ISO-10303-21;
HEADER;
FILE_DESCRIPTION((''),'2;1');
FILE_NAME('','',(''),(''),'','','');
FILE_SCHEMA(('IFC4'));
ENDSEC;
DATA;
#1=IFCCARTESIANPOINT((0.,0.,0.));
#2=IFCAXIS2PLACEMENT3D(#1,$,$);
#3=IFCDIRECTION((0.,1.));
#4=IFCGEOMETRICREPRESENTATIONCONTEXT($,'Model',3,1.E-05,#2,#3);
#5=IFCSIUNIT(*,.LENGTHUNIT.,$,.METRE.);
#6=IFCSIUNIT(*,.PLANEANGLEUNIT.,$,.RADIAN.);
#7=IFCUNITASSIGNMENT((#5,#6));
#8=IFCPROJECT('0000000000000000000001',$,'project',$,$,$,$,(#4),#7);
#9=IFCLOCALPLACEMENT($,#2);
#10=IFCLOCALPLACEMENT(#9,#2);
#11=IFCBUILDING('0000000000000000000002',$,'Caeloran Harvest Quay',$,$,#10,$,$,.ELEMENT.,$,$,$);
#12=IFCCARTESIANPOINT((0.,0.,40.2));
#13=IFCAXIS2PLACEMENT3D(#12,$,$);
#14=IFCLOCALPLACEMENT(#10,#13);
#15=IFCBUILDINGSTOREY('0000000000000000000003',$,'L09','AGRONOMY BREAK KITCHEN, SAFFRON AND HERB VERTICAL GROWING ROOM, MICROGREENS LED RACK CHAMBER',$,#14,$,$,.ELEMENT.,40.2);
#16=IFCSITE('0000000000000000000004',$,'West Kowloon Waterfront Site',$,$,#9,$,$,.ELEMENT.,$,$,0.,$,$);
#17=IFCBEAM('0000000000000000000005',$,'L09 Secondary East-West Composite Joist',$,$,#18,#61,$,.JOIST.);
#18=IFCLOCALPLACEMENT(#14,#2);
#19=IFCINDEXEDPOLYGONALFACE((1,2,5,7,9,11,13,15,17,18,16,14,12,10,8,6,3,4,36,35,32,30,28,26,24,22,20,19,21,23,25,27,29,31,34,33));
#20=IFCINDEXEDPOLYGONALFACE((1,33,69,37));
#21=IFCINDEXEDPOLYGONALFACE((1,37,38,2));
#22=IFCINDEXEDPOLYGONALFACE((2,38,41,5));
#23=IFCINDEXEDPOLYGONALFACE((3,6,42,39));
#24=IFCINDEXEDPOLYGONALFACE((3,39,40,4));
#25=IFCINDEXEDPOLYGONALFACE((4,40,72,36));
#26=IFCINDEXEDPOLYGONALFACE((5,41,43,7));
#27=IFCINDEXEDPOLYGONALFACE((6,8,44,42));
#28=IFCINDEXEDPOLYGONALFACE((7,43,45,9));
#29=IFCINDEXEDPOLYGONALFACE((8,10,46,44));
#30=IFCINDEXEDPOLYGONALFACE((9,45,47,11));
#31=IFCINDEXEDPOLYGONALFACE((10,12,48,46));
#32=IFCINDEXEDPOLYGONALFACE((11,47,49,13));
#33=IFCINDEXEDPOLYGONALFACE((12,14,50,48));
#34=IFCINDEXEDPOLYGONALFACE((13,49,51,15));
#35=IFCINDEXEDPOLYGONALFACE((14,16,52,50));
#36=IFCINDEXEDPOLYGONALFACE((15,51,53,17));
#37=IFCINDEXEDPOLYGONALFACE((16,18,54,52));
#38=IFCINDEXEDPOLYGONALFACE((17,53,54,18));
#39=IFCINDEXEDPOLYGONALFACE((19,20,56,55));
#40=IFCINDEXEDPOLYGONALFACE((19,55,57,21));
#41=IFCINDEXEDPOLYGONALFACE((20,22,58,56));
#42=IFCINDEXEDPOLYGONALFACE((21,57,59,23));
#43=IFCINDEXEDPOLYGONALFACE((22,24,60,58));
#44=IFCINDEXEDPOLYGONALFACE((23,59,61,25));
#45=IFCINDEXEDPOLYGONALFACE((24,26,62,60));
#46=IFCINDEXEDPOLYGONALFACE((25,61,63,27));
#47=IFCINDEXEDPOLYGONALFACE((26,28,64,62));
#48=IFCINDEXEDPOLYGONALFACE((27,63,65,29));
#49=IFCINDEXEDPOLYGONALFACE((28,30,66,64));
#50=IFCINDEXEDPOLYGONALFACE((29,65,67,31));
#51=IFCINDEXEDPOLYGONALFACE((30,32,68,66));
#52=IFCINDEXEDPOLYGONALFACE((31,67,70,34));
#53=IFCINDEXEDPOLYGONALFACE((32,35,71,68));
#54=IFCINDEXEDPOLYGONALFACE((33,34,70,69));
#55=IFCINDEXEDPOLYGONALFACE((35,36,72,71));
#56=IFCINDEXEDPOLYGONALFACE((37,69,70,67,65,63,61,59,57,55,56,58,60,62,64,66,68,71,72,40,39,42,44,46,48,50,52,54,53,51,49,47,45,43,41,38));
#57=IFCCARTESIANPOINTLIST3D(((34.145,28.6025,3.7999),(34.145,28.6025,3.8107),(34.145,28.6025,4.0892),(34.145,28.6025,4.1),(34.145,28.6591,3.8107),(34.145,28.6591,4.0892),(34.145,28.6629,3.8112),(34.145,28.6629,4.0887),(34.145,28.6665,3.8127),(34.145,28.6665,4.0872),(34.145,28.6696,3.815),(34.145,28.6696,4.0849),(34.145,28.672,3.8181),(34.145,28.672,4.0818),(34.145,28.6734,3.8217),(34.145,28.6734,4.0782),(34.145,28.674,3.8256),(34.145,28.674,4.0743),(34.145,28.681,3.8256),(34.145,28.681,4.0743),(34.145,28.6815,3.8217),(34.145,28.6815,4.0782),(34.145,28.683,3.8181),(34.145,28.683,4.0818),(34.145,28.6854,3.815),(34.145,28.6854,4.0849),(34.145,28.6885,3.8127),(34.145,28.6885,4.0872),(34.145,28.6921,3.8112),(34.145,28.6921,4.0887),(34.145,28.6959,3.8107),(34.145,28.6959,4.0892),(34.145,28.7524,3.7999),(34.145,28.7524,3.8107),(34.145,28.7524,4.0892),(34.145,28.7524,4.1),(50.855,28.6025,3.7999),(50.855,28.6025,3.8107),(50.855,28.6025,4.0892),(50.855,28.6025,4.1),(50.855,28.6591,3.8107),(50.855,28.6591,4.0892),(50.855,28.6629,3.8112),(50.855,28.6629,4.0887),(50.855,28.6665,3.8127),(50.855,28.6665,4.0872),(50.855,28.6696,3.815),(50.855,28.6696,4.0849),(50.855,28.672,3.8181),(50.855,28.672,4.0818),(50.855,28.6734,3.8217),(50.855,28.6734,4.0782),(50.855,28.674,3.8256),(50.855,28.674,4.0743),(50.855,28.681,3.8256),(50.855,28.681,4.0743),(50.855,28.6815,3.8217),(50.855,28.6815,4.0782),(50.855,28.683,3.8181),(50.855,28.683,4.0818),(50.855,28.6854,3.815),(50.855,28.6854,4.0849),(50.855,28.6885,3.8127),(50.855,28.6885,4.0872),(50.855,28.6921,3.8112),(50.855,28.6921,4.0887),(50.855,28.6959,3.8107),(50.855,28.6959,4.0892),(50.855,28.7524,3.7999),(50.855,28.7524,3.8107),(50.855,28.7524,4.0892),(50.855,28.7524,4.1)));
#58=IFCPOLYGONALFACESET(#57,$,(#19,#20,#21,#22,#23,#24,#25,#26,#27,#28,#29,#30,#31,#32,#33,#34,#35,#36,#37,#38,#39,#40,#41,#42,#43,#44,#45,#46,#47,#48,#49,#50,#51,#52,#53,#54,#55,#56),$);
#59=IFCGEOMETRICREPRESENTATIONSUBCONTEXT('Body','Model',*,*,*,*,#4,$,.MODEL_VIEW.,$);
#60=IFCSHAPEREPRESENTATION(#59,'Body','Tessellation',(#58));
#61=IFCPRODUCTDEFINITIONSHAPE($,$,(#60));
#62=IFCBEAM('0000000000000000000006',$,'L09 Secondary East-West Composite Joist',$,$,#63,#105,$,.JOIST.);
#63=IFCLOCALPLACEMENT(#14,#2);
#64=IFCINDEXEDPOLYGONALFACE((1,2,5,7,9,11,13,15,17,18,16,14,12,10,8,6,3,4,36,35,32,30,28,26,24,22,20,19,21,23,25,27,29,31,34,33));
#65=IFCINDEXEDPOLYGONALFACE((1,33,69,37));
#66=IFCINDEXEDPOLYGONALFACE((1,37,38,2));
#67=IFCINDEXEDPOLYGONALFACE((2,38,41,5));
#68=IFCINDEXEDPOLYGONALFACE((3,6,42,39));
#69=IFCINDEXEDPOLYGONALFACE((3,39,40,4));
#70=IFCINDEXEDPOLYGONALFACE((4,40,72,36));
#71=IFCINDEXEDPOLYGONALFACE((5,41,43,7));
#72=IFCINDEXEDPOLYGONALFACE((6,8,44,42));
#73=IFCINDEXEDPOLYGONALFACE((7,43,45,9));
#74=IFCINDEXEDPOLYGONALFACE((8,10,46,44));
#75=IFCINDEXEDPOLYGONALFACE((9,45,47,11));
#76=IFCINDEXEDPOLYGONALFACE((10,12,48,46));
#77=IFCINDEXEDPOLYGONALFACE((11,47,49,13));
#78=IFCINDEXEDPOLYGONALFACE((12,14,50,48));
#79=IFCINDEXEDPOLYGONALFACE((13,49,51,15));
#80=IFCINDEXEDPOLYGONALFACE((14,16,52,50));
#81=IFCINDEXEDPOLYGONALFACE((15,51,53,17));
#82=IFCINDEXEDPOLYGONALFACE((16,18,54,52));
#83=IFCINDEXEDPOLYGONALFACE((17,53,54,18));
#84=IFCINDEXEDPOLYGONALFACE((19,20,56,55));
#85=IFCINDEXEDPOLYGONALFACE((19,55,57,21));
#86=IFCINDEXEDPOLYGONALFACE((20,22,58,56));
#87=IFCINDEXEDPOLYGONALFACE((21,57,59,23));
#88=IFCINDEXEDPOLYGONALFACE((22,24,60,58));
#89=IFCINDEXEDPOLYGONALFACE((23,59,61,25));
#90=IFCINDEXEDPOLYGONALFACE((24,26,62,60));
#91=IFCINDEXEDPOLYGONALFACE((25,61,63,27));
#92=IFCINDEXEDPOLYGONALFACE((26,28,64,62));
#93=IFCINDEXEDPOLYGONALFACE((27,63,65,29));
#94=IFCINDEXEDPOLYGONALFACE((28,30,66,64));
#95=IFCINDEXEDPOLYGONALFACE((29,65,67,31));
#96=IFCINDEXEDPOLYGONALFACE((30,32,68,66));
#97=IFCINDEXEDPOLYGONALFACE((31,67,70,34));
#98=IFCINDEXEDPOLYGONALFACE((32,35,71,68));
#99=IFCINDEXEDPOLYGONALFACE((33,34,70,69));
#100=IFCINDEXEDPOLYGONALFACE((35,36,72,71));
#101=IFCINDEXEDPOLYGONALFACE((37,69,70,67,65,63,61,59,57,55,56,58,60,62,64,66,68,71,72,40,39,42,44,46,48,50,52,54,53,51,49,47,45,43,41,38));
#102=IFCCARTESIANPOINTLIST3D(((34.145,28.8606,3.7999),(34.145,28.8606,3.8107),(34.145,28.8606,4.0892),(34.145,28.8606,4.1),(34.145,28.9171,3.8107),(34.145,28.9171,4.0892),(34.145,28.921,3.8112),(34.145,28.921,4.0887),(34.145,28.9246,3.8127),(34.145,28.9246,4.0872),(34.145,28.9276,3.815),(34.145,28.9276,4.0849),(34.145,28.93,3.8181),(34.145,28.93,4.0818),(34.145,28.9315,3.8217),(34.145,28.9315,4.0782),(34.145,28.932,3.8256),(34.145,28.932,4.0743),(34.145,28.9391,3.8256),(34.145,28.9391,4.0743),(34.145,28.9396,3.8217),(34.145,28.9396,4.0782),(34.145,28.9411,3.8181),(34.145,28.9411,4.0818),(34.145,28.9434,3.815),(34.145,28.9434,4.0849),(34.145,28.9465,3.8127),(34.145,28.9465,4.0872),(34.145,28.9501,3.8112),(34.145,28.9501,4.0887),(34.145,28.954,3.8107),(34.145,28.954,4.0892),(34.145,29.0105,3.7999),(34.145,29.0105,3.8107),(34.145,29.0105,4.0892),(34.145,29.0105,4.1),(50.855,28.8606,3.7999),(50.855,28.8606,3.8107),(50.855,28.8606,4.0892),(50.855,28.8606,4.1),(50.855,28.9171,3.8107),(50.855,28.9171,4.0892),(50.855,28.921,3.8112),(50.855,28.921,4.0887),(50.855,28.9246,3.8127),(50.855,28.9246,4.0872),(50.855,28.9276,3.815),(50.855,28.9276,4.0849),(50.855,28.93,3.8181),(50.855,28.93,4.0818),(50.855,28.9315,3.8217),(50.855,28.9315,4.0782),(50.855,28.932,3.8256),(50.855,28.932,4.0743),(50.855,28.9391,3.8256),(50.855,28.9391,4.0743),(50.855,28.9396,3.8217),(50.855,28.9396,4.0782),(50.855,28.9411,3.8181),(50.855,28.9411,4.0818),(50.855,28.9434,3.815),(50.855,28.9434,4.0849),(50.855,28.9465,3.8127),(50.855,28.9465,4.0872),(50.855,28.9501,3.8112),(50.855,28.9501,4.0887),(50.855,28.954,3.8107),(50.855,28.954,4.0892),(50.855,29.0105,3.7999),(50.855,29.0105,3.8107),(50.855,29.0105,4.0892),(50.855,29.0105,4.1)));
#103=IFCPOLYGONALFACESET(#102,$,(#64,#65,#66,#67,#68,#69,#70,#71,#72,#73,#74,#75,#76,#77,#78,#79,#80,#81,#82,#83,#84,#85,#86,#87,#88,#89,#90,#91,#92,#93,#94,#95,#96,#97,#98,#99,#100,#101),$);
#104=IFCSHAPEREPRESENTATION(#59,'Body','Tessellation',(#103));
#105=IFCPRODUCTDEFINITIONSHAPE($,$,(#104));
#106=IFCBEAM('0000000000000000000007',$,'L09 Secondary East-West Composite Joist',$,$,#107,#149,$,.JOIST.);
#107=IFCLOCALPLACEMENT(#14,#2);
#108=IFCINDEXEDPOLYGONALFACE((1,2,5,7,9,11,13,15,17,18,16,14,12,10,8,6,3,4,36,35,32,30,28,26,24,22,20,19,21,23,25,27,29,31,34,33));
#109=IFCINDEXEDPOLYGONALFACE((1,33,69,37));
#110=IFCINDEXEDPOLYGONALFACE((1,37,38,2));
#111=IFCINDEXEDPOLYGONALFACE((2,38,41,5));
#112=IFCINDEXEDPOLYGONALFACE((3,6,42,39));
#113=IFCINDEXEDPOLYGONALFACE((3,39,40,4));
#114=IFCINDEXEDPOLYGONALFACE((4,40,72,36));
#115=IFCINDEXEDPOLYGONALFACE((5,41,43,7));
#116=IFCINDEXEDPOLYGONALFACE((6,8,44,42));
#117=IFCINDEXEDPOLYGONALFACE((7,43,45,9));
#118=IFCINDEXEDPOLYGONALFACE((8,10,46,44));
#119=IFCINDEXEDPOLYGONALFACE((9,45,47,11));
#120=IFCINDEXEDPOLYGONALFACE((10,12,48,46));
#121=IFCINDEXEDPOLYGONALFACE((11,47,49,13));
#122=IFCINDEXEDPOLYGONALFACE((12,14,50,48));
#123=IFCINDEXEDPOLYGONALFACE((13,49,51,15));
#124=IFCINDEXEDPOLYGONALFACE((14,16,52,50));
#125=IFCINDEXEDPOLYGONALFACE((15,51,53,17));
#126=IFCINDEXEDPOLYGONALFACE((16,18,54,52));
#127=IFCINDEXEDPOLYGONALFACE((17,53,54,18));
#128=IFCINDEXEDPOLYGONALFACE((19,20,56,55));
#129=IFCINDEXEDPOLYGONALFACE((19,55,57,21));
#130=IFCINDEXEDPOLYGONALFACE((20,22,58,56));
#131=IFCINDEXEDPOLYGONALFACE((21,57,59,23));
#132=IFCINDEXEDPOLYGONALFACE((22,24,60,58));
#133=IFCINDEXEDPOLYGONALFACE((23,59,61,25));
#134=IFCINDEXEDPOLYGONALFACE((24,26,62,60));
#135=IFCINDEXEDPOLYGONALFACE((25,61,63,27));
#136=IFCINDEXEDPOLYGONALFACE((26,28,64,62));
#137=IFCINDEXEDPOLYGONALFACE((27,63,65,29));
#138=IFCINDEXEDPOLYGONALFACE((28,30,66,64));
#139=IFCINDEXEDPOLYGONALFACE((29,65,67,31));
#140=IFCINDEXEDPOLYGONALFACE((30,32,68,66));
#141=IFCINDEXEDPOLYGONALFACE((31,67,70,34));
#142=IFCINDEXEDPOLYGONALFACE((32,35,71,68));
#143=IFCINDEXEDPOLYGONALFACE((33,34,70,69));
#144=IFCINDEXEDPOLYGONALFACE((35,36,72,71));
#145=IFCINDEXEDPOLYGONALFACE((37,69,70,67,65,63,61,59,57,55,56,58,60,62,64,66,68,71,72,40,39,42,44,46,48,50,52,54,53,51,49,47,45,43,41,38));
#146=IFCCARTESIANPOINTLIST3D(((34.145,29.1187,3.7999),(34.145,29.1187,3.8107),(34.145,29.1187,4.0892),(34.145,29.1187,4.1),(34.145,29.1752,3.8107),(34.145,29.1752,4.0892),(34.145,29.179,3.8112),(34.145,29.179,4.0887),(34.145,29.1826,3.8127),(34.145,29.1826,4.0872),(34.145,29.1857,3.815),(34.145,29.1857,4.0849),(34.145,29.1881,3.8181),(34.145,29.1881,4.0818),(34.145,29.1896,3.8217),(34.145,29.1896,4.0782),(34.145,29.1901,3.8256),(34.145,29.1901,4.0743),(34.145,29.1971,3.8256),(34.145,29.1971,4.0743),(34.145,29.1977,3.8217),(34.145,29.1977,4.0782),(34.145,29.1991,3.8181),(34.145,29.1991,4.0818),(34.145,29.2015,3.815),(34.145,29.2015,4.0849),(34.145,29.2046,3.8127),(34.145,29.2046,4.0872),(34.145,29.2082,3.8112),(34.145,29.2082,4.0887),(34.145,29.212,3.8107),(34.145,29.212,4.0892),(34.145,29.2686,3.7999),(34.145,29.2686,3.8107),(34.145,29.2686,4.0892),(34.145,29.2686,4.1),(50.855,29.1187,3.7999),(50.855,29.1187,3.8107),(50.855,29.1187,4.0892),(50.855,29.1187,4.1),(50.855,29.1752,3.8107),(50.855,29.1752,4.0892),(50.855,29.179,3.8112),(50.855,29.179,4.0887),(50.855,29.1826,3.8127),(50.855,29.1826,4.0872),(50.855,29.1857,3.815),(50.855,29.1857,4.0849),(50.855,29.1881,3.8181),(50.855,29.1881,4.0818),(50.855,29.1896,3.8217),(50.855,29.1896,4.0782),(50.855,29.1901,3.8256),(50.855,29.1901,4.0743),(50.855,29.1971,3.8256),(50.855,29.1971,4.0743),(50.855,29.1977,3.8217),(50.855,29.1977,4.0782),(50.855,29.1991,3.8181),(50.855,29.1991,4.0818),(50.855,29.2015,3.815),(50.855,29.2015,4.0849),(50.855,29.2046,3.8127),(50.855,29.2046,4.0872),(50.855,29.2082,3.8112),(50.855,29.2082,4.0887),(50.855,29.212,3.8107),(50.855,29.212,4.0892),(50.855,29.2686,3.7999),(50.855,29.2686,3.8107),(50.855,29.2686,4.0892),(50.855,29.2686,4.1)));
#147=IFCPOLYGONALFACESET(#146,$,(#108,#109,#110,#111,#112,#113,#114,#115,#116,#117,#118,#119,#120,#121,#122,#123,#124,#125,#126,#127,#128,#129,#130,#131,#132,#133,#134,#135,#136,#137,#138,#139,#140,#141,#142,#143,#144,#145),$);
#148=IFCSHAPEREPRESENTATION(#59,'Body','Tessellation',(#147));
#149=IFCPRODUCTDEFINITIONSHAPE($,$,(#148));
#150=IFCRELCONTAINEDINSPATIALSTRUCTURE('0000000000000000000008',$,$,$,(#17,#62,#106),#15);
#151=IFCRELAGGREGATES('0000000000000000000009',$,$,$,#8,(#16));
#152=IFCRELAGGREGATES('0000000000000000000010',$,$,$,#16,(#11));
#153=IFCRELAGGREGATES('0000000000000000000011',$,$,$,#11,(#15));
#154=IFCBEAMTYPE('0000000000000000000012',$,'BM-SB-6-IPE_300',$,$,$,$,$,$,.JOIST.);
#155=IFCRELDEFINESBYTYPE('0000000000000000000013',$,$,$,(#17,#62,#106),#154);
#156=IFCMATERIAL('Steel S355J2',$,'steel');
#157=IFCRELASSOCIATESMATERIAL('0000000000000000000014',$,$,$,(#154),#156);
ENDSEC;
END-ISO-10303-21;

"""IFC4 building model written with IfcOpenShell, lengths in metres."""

from ifc_helpers import new_model, si_unit, direction, frame, origin, origin_2d, place, context, subcontext, project, spatial, i_section, extrude, material, material_profile, profile_set, type_object, element, save


model = new_model("IFC4")

# Units and contexts
model_context = context("Model", 3, precision=1e-05, world=origin(), true_north=direction((0.0, 1.0)))
body_context = subcontext(model_context, "Body", "Model", "MODEL_VIEW")
ifc_project = project(units=[si_unit("LENGTHUNIT", "METRE"), si_unit("PLANEANGLEUNIT", "RADIAN")], contexts=[model_context])

# Site, building, storey
site_placement = place(None, origin())
site = spatial("IfcSite", under=ifc_project, at=site_placement, Name="West Kowloon Waterfront Site", CompositionType="ELEMENT", RefElevation=0.0)
building_placement = place(site_placement, origin())
building = spatial("IfcBuilding", under=site, at=building_placement, Name="Caeloran Harvest Quay", CompositionType="ELEMENT")
storey_placement = place(building_placement, frame((0.0, 0.0, 40.2)))
storey = spatial("IfcBuildingStorey", under=building, at=storey_placement, Name="L09", Description="AGRONOMY BREAK KITCHEN, SAFFRON AND HERB VERTICAL GROWING ROOM, MICROGREENS LED RACK CHAMBER", CompositionType="ELEMENT", Elevation=40.2)

# Beams
ifc_material_1 = material(Name="Steel S355J2", Category="steel")
ifc_material_profile_1 = material_profile(ifc_material_1, i_section(OverallWidth=0.1499, OverallDepth=0.3, WebThickness=0.0071, FlangeThickness=0.0107, FilletRadius=0.0149, at=origin_2d()), Name="IPE 300")
ifc_profile_set_1 = profile_set([ifc_material_profile_1], Name="Steel S355J2")
beam_type_1 = type_object("IfcBeamType", Name="BM-SB-6-IPE_300", PredefinedType="JOIST", material=ifc_profile_set_1)
for number, where, z_axis, x_axis, name in (
    (1, (34.145, 28.6775, 3.95), (1.0, 0.0, 0.0), (0.0, 1.0, 0.0), "L09 Secondary East-West Composite Joist"),
    (2, (34.145, 28.9355, 3.95), (1.0, 0.0, 0.0), (0.0, 1.0, 0.0), "L09 Secondary East-West Composite Joist"),
    (3, (34.145, 29.1936, 3.95), (1.0, 0.0, 0.0), (0.0, 1.0, 0.0), "L09 Secondary East-West Composite Joist"),
):
    element("IfcBeam", number, at=place(storey_placement, frame(where, z_axis=z_axis, x_axis=x_axis)), inside=storey, type_object=beam_type_1, Name=name, PredefinedType="JOIST", context=body_context, shape_type="SweptSolid", body=[
        extrude(i_section(OverallWidth=0.1499, OverallDepth=0.3, WebThickness=0.0071, FlangeThickness=0.0107, FilletRadius=0.0149, at=origin_2d()), origin(), (0.0, 0.0, 1.0), 16.71),
    ])

save(model, "model.ifc")
